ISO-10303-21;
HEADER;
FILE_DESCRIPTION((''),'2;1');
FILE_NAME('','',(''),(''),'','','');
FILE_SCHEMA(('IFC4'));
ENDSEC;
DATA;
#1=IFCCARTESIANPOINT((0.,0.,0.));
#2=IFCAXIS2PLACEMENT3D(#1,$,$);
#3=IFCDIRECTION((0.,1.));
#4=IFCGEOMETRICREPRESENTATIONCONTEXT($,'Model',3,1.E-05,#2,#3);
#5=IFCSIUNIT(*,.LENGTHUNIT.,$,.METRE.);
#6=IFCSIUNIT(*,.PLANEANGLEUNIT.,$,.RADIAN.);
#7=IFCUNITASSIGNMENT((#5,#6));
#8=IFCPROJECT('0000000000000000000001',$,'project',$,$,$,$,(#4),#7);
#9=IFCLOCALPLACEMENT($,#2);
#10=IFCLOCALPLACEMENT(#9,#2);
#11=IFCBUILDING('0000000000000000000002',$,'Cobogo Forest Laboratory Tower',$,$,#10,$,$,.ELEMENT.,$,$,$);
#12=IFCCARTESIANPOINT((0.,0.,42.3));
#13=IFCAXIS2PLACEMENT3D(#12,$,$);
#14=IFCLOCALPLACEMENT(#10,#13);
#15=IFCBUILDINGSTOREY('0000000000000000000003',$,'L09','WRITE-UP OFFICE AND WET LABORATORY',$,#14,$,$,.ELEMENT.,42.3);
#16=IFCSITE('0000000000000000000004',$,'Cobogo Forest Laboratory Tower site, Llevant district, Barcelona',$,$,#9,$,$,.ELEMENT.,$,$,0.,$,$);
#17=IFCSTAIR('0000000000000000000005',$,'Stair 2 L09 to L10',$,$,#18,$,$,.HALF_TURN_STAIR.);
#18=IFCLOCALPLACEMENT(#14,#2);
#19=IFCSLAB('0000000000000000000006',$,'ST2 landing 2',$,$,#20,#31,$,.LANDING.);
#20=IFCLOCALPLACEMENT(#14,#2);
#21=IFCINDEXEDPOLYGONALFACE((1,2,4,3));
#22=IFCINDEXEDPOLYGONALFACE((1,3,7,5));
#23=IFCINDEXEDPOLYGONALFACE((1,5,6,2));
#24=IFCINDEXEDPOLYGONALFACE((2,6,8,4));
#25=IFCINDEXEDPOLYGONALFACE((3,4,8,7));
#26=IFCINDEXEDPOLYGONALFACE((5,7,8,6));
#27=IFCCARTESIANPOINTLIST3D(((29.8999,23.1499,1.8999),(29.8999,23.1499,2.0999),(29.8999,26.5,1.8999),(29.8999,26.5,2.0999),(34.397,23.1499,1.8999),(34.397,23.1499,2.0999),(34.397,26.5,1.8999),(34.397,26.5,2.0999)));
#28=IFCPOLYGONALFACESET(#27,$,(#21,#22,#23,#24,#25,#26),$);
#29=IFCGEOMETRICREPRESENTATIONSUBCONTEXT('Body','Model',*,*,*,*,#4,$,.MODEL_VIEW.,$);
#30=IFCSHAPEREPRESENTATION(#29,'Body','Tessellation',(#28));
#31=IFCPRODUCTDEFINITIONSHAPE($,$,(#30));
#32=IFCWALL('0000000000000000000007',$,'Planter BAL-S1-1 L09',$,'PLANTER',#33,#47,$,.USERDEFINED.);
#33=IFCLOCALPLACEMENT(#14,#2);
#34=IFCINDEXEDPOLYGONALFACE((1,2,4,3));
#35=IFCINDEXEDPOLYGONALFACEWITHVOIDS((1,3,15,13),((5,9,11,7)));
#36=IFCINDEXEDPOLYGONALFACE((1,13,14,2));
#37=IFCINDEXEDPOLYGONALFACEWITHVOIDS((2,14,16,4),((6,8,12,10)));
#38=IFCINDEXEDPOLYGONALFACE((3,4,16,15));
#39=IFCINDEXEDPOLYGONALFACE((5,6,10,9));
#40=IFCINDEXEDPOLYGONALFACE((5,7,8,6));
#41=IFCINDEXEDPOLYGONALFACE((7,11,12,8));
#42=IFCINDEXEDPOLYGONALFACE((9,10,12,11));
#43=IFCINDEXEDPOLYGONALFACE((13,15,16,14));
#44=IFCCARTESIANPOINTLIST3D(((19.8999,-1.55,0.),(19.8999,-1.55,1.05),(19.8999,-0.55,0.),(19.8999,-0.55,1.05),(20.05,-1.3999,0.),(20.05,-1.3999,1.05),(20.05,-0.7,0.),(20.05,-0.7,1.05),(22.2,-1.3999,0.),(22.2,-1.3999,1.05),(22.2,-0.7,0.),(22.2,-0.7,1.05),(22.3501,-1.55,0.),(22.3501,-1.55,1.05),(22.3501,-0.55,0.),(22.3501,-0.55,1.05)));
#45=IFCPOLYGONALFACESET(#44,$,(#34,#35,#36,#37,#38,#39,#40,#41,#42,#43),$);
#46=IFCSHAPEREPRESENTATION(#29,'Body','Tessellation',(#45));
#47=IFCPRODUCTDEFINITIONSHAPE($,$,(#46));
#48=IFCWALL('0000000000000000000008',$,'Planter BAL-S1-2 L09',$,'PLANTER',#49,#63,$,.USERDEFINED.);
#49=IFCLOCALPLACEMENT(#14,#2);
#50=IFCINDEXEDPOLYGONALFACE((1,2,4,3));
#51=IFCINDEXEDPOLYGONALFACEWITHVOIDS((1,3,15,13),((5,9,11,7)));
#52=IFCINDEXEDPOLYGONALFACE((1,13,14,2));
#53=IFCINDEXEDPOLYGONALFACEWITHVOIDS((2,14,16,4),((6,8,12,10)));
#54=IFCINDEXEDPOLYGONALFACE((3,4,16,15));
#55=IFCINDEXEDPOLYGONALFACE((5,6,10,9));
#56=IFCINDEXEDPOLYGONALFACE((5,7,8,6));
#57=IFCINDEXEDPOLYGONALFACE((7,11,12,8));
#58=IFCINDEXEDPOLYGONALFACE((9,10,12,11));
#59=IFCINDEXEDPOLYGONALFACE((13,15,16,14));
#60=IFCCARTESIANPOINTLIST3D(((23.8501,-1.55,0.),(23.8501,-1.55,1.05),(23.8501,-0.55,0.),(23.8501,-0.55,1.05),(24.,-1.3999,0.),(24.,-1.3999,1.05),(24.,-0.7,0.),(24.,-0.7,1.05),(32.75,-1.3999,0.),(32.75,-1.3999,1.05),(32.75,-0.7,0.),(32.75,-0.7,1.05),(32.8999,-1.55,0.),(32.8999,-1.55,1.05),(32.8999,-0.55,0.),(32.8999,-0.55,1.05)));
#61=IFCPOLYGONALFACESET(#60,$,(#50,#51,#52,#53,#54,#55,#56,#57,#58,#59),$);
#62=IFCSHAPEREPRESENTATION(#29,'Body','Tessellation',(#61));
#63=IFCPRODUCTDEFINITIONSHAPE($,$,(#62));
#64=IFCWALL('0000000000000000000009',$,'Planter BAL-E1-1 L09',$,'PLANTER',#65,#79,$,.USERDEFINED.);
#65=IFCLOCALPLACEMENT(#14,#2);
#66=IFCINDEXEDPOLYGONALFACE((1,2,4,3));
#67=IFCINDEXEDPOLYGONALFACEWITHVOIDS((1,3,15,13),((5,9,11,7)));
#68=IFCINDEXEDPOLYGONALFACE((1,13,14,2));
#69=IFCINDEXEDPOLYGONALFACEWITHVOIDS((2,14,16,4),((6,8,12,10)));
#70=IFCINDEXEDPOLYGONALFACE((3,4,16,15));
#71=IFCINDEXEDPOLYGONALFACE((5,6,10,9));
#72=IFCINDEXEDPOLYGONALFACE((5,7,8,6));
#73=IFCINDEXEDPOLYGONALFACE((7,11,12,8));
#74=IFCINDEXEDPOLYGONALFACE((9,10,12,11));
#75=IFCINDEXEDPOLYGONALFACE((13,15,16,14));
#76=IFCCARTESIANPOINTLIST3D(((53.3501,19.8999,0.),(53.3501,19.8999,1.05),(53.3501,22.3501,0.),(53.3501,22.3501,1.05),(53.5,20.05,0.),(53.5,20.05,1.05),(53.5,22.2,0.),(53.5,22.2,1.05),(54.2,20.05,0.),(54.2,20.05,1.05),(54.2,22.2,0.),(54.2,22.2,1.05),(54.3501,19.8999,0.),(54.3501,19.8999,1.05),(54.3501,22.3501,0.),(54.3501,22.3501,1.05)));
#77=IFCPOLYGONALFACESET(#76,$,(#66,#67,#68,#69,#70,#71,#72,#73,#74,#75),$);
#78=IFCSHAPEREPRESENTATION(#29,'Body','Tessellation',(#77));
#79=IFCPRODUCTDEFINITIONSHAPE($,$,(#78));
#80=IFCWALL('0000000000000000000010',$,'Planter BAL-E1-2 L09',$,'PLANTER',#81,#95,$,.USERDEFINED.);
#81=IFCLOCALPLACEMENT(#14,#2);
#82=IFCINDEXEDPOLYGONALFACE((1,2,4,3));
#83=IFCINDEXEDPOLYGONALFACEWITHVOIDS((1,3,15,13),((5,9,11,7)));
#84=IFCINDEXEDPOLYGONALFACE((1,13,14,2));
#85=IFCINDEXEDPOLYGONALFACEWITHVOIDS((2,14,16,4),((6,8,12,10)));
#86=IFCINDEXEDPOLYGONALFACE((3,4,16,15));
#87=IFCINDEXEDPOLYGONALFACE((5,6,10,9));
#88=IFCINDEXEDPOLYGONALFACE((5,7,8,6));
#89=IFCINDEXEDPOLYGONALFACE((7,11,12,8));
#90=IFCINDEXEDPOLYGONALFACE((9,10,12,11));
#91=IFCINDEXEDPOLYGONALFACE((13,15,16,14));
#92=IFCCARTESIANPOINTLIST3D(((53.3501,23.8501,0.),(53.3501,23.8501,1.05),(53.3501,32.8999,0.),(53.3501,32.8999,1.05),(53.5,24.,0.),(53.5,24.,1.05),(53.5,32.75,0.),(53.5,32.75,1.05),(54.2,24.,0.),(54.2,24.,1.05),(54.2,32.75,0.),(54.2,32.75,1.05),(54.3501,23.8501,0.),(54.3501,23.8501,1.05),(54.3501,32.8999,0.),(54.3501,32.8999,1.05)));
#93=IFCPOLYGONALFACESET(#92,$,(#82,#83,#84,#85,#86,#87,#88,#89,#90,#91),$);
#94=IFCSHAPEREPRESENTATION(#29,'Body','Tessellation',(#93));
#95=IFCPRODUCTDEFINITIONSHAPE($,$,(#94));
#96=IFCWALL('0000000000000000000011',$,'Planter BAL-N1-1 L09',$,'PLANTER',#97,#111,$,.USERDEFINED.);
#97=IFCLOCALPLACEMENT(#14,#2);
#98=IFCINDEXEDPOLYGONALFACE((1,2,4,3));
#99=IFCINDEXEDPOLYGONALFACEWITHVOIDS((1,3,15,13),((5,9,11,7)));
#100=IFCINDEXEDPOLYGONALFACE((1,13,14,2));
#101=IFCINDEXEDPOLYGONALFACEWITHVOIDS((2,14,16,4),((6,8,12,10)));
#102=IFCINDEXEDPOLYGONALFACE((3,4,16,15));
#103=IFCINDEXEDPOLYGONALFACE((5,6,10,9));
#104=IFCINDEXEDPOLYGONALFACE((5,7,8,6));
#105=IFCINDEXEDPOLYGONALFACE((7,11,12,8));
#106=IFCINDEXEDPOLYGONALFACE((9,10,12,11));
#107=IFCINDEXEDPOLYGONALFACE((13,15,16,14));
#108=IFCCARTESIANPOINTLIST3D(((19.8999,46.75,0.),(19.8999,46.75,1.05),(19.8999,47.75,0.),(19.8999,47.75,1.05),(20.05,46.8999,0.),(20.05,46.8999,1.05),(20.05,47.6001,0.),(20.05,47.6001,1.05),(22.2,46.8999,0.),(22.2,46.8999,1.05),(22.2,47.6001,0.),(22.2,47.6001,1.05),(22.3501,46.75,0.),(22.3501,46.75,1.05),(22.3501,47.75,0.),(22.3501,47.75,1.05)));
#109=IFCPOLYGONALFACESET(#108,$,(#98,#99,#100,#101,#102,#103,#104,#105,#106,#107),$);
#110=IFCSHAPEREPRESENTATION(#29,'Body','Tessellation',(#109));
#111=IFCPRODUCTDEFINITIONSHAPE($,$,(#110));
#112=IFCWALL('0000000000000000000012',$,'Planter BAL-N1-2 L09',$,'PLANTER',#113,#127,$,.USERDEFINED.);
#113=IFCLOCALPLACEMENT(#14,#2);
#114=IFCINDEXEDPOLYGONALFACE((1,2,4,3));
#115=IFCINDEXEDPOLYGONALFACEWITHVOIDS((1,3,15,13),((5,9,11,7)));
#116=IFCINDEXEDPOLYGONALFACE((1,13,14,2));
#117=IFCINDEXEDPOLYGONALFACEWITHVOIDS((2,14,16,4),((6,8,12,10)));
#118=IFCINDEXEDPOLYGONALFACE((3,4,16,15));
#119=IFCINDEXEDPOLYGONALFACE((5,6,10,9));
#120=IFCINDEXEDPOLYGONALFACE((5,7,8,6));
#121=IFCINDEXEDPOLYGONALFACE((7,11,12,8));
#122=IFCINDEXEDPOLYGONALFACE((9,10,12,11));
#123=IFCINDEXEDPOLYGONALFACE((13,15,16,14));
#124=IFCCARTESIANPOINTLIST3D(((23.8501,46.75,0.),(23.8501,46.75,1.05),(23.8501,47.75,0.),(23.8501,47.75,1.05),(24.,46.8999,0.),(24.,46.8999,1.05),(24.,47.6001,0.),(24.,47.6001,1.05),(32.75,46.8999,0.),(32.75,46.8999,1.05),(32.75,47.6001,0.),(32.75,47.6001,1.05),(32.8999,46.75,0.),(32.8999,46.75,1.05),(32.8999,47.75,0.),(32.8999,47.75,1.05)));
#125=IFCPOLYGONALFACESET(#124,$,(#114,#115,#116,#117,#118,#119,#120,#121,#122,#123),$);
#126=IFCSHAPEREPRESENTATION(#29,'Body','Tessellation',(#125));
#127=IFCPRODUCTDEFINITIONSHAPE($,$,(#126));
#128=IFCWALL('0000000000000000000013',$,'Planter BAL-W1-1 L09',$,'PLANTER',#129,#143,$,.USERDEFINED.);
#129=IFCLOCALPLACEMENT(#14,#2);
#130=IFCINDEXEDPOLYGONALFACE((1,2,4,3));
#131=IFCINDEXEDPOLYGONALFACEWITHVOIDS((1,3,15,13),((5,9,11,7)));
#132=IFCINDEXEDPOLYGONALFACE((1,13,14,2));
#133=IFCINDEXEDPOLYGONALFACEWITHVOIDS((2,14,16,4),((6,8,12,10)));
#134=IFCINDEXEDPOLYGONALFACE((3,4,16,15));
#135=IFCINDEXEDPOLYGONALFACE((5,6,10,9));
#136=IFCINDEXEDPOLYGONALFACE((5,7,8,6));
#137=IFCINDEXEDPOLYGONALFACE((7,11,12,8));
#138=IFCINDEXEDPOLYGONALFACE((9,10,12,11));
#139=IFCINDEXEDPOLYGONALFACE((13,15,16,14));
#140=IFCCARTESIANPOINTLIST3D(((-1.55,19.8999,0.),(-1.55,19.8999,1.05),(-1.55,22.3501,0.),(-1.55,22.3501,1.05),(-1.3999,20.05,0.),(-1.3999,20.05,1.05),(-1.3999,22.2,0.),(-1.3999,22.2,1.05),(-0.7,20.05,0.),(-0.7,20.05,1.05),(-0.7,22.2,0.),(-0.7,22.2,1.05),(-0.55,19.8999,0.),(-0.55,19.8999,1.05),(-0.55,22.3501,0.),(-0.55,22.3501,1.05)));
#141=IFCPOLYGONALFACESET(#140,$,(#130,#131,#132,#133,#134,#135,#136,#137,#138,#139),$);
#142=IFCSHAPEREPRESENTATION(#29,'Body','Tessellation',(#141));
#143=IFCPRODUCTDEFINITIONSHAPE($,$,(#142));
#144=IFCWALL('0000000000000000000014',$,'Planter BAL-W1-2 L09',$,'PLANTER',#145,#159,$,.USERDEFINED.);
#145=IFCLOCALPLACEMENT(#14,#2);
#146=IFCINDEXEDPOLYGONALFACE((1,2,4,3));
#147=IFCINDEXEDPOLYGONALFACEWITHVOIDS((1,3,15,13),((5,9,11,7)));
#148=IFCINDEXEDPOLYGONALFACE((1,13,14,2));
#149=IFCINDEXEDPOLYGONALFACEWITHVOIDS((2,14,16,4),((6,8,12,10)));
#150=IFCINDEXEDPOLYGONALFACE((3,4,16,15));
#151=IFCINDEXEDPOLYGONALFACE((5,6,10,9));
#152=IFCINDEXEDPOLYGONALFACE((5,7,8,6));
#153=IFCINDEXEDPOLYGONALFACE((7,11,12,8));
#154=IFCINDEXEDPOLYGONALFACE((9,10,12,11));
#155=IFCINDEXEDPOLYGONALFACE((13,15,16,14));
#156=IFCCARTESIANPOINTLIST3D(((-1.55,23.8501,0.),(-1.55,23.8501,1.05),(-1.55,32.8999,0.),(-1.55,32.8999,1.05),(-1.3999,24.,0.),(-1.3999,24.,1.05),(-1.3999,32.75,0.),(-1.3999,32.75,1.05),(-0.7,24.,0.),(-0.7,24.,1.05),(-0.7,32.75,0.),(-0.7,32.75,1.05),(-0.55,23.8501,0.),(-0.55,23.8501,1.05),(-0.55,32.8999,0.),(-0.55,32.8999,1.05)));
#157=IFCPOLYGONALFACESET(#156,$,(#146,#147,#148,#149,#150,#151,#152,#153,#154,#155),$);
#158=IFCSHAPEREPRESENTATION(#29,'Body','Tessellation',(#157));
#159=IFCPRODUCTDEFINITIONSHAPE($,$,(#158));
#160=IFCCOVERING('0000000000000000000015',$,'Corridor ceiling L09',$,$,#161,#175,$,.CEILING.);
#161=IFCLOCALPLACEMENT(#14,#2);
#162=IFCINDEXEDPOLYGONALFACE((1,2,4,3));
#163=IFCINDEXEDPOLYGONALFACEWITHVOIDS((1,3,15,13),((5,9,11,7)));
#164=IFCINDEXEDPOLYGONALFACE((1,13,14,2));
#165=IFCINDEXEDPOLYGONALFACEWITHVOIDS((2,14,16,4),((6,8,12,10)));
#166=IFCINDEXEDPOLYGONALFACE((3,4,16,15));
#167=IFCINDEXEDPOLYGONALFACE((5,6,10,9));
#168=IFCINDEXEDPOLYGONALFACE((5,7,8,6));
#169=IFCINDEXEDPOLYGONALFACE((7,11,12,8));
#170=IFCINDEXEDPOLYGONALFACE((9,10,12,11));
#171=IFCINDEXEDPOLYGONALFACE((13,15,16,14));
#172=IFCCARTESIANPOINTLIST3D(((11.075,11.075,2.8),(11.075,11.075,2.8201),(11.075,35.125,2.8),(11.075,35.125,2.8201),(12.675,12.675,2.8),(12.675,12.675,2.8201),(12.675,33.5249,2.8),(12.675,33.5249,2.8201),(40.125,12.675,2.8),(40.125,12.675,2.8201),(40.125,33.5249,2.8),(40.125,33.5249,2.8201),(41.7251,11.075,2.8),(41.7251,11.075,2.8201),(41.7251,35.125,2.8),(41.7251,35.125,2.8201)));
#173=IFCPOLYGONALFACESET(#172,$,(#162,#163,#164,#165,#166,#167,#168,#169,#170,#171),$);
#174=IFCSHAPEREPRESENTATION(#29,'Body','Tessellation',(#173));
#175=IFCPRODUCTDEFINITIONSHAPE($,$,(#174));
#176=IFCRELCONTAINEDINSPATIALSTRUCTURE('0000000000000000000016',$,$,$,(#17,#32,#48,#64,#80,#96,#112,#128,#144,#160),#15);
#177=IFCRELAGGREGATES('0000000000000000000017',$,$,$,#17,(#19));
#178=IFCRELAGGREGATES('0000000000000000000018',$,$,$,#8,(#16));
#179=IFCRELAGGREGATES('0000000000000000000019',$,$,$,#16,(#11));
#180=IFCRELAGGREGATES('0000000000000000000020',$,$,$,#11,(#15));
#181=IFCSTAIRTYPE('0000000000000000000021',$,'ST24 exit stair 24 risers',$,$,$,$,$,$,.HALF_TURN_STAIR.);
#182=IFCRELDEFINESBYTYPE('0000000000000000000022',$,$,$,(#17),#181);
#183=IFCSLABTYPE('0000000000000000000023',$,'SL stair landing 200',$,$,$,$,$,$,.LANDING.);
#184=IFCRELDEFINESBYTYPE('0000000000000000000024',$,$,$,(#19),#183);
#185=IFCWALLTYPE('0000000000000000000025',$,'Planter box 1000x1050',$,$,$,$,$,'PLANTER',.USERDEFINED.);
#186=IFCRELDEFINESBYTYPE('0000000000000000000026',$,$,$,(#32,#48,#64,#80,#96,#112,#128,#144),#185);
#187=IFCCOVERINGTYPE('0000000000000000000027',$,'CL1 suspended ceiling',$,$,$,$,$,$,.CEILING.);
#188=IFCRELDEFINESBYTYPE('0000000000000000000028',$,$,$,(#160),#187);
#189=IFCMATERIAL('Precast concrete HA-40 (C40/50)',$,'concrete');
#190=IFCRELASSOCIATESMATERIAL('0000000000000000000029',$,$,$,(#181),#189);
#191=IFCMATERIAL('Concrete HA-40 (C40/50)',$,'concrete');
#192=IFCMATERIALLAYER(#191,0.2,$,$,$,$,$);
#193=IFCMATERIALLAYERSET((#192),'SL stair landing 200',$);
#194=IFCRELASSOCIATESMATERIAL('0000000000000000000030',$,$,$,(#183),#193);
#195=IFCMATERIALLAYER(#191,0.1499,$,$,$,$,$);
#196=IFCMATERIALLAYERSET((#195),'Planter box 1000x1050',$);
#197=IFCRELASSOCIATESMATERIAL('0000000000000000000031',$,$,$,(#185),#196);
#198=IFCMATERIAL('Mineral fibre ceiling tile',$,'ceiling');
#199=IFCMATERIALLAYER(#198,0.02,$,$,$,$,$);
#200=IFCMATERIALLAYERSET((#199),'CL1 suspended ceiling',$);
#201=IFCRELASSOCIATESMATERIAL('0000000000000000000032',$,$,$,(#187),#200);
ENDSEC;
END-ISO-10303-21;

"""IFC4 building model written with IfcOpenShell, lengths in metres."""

from ifc_helpers import new_model, si_unit, direction, frame, origin, place, context, subcontext, project, spatial, polyline, outline, extrude, material, layer, layer_set, type_object, element, aggregate, save


model = new_model("IFC4")

# Units and contexts
model_context = context("Model", 3, precision=1e-05, world=origin(), true_north=direction((0.0, 1.0)))
body_context = subcontext(model_context, "Body", "Model", "MODEL_VIEW")
ifc_project = project(units=[si_unit("LENGTHUNIT", "METRE"), si_unit("PLANEANGLEUNIT", "RADIAN")], contexts=[model_context])

# Site, building, storey
site_placement = place(None, origin())
site = spatial("IfcSite", under=ifc_project, at=site_placement, Name="Cobogo Forest Laboratory Tower site, Llevant district, Barcelona", CompositionType="ELEMENT", RefElevation=0.0)
building_placement = place(site_placement, origin())
building = spatial("IfcBuilding", under=site, at=building_placement, Name="Cobogo Forest Laboratory Tower", CompositionType="ELEMENT")
storey_placement = place(building_placement, frame((0.0, 0.0, 42.3)))
storey = spatial("IfcBuildingStorey", under=building, at=storey_placement, Name="L09", Description="WRITE-UP OFFICE AND WET LABORATORY", CompositionType="ELEMENT", Elevation=42.3)

# Shared definitions
ifc_material_1 = material(Name="Concrete HA-40 (C40/50)", Category="concrete")

# Stair, slab
ifc_material_2 = material(Name="Precast concrete HA-40 (C40/50)", Category="concrete")
stair_type = type_object("IfcStairType", Name="ST24 exit stair 24 risers", PredefinedType="HALF_TURN_STAIR", material=ifc_material_2)
ifc_layer_1 = layer(ifc_material_1, 0.2)
ifc_layer_set_1 = layer_set([ifc_layer_1], Name="SL stair landing 200")
slab_type_1 = type_object("IfcSlabType", Name="SL stair landing 200", PredefinedType="LANDING", material=ifc_layer_set_1)
stair_1_placement = place(storey_placement, origin())
stair_1 = element("IfcStair", 1, at=stair_1_placement, inside=storey, type_object=stair_type, Name="Stair 2 L09 to L10", PredefinedType="HALF_TURN_STAIR")
slab_1_placement = place(storey_placement, frame((0.0, 0.0, 1.8999)))
slab_1 = element("IfcSlab", 2, at=slab_1_placement, type_object=slab_type_1, Name="ST2 landing 2", PredefinedType="LANDING", context=body_context, shape_type="SweptSolid", body=[
    extrude(outline(polyline([(29.8999, 23.1499), (34.397, 23.1499), (34.397, 26.5), (29.8999, 26.5), (29.8999, 23.1499)])), origin(), (0.0, 0.0, 1.0), 0.2),
])
aggregate(stair_1, [slab_1])

# Walls
ifc_layer_2 = layer(ifc_material_1, 0.1499)
ifc_layer_set_2 = layer_set([ifc_layer_2], Name="Planter box 1000x1050")
wall_type = type_object("IfcWallType", Name="Planter box 1000x1050", ElementType="PLANTER", PredefinedType="USERDEFINED", material=ifc_layer_set_2)
wall_1_placement = place(storey_placement, origin())
element("IfcWall", 3, at=wall_1_placement, inside=storey, type_object=wall_type, Name="Planter BAL-S1-1 L09", ObjectType="PLANTER", PredefinedType="USERDEFINED", context=body_context, shape_type="SweptSolid", body=[
    extrude(outline(polyline([(19.8999, -1.55), (22.3501, -1.55), (22.3501, -0.55), (19.8999, -0.55), (19.8999, -1.55)]), holes=[polyline([(20.05, -1.3999), (22.2, -1.3999), (22.2, -0.7), (20.05, -0.7), (20.05, -1.3999)])]), origin(), (0.0, 0.0, 1.0), 1.05),
])
wall_2_placement = place(storey_placement, origin())
element("IfcWall", 4, at=wall_2_placement, inside=storey, type_object=wall_type, Name="Planter BAL-S1-2 L09", ObjectType="PLANTER", PredefinedType="USERDEFINED", context=body_context, shape_type="SweptSolid", body=[
    extrude(outline(polyline([(23.8501, -1.55), (32.8999, -1.55), (32.8999, -0.55), (23.8501, -0.55), (23.8501, -1.55)]), holes=[polyline([(24.0, -1.3999), (32.75, -1.3999), (32.75, -0.7), (24.0, -0.7), (24.0, -1.3999)])]), origin(), (0.0, 0.0, 1.0), 1.05),
])
wall_3_placement = place(storey_placement, origin())
element("IfcWall", 5, at=wall_3_placement, inside=storey, type_object=wall_type, Name="Planter BAL-E1-1 L09", ObjectType="PLANTER", PredefinedType="USERDEFINED", context=body_context, shape_type="SweptSolid", body=[
    extrude(outline(polyline([(53.3501, 19.8999), (54.3501, 19.8999), (54.3501, 22.3501), (53.3501, 22.3501), (53.3501, 19.8999)]), holes=[polyline([(53.5, 20.05), (54.2, 20.05), (54.2, 22.2), (53.5, 22.2), (53.5, 20.05)])]), origin(), (0.0, 0.0, 1.0), 1.05),
])
wall_4_placement = place(storey_placement, origin())
element("IfcWall", 6, at=wall_4_placement, inside=storey, type_object=wall_type, Name="Planter BAL-E1-2 L09", ObjectType="PLANTER", PredefinedType="USERDEFINED", context=body_context, shape_type="SweptSolid", body=[
    extrude(outline(polyline([(53.3501, 23.8501), (54.3501, 23.8501), (54.3501, 32.8999), (53.3501, 32.8999), (53.3501, 23.8501)]), holes=[polyline([(53.5, 24.0), (54.2, 24.0), (54.2, 32.75), (53.5, 32.75), (53.5, 24.0)])]), origin(), (0.0, 0.0, 1.0), 1.05),
])
wall_5_placement = place(storey_placement, origin())
element("IfcWall", 7, at=wall_5_placement, inside=storey, type_object=wall_type, Name="Planter BAL-N1-1 L09", ObjectType="PLANTER", PredefinedType="USERDEFINED", context=body_context, shape_type="SweptSolid", body=[
    extrude(outline(polyline([(19.8999, 46.75), (22.3501, 46.75), (22.3501, 47.75), (19.8999, 47.75), (19.8999, 46.75)]), holes=[polyline([(20.05, 46.8999), (22.2, 46.8999), (22.2, 47.6001), (20.05, 47.6001), (20.05, 46.8999)])]), origin(), (0.0, 0.0, 1.0), 1.05),
])
wall_6_placement = place(storey_placement, origin())
element("IfcWall", 8, at=wall_6_placement, inside=storey, type_object=wall_type, Name="Planter BAL-N1-2 L09", ObjectType="PLANTER", PredefinedType="USERDEFINED", context=body_context, shape_type="SweptSolid", body=[
    extrude(outline(polyline([(23.8501, 46.75), (32.8999, 46.75), (32.8999, 47.75), (23.8501, 47.75), (23.8501, 46.75)]), holes=[polyline([(24.0, 46.8999), (32.75, 46.8999), (32.75, 47.6001), (24.0, 47.6001), (24.0, 46.8999)])]), origin(), (0.0, 0.0, 1.0), 1.05),
])
wall_7_placement = place(storey_placement, origin())
element("IfcWall", 9, at=wall_7_placement, inside=storey, type_object=wall_type, Name="Planter BAL-W1-1 L09", ObjectType="PLANTER", PredefinedType="USERDEFINED", context=body_context, shape_type="SweptSolid", body=[
    extrude(outline(polyline([(-1.55, 19.8999), (-0.55, 19.8999), (-0.55, 22.3501), (-1.55, 22.3501), (-1.55, 19.8999)]), holes=[polyline([(-1.3999, 20.05), (-0.7, 20.05), (-0.7, 22.2), (-1.3999, 22.2), (-1.3999, 20.05)])]), origin(), (0.0, 0.0, 1.0), 1.05),
])
wall_8_placement = place(storey_placement, origin())
element("IfcWall", 10, at=wall_8_placement, inside=storey, type_object=wall_type, Name="Planter BAL-W1-2 L09", ObjectType="PLANTER", PredefinedType="USERDEFINED", context=body_context, shape_type="SweptSolid", body=[
    extrude(outline(polyline([(-1.55, 23.8501), (-0.55, 23.8501), (-0.55, 32.8999), (-1.55, 32.8999), (-1.55, 23.8501)]), holes=[polyline([(-1.3999, 24.0), (-0.7, 24.0), (-0.7, 32.75), (-1.3999, 32.75), (-1.3999, 24.0)])]), origin(), (0.0, 0.0, 1.0), 1.05),
])

# Covering
ifc_material_3 = material(Name="Mineral fibre ceiling tile", Category="ceiling")
ifc_layer_3 = layer(ifc_material_3, 0.02)
ifc_layer_set_3 = layer_set([ifc_layer_3], Name="CL1 suspended ceiling")
covering_type_1 = type_object("IfcCoveringType", Name="CL1 suspended ceiling", PredefinedType="CEILING", material=ifc_layer_set_3)
covering_1_placement = place(storey_placement, frame((0.0, 0.0, 2.8)))
element("IfcCovering", 11, at=covering_1_placement, inside=storey, type_object=covering_type_1, Name="Corridor ceiling L09", PredefinedType="CEILING", context=body_context, shape_type="SweptSolid", body=[
    extrude(outline(polyline([(11.075, 11.075), (11.075, 35.125), (41.7251, 35.125), (41.7251, 11.075), (11.075, 11.075)]), holes=[polyline([(40.125, 33.5249), (12.675, 33.5249), (12.675, 12.675), (40.125, 12.675), (40.125, 33.5249)])]), origin(), (0.0, 0.0, 1.0), 0.02),
])

save(model, "model.ifc")
